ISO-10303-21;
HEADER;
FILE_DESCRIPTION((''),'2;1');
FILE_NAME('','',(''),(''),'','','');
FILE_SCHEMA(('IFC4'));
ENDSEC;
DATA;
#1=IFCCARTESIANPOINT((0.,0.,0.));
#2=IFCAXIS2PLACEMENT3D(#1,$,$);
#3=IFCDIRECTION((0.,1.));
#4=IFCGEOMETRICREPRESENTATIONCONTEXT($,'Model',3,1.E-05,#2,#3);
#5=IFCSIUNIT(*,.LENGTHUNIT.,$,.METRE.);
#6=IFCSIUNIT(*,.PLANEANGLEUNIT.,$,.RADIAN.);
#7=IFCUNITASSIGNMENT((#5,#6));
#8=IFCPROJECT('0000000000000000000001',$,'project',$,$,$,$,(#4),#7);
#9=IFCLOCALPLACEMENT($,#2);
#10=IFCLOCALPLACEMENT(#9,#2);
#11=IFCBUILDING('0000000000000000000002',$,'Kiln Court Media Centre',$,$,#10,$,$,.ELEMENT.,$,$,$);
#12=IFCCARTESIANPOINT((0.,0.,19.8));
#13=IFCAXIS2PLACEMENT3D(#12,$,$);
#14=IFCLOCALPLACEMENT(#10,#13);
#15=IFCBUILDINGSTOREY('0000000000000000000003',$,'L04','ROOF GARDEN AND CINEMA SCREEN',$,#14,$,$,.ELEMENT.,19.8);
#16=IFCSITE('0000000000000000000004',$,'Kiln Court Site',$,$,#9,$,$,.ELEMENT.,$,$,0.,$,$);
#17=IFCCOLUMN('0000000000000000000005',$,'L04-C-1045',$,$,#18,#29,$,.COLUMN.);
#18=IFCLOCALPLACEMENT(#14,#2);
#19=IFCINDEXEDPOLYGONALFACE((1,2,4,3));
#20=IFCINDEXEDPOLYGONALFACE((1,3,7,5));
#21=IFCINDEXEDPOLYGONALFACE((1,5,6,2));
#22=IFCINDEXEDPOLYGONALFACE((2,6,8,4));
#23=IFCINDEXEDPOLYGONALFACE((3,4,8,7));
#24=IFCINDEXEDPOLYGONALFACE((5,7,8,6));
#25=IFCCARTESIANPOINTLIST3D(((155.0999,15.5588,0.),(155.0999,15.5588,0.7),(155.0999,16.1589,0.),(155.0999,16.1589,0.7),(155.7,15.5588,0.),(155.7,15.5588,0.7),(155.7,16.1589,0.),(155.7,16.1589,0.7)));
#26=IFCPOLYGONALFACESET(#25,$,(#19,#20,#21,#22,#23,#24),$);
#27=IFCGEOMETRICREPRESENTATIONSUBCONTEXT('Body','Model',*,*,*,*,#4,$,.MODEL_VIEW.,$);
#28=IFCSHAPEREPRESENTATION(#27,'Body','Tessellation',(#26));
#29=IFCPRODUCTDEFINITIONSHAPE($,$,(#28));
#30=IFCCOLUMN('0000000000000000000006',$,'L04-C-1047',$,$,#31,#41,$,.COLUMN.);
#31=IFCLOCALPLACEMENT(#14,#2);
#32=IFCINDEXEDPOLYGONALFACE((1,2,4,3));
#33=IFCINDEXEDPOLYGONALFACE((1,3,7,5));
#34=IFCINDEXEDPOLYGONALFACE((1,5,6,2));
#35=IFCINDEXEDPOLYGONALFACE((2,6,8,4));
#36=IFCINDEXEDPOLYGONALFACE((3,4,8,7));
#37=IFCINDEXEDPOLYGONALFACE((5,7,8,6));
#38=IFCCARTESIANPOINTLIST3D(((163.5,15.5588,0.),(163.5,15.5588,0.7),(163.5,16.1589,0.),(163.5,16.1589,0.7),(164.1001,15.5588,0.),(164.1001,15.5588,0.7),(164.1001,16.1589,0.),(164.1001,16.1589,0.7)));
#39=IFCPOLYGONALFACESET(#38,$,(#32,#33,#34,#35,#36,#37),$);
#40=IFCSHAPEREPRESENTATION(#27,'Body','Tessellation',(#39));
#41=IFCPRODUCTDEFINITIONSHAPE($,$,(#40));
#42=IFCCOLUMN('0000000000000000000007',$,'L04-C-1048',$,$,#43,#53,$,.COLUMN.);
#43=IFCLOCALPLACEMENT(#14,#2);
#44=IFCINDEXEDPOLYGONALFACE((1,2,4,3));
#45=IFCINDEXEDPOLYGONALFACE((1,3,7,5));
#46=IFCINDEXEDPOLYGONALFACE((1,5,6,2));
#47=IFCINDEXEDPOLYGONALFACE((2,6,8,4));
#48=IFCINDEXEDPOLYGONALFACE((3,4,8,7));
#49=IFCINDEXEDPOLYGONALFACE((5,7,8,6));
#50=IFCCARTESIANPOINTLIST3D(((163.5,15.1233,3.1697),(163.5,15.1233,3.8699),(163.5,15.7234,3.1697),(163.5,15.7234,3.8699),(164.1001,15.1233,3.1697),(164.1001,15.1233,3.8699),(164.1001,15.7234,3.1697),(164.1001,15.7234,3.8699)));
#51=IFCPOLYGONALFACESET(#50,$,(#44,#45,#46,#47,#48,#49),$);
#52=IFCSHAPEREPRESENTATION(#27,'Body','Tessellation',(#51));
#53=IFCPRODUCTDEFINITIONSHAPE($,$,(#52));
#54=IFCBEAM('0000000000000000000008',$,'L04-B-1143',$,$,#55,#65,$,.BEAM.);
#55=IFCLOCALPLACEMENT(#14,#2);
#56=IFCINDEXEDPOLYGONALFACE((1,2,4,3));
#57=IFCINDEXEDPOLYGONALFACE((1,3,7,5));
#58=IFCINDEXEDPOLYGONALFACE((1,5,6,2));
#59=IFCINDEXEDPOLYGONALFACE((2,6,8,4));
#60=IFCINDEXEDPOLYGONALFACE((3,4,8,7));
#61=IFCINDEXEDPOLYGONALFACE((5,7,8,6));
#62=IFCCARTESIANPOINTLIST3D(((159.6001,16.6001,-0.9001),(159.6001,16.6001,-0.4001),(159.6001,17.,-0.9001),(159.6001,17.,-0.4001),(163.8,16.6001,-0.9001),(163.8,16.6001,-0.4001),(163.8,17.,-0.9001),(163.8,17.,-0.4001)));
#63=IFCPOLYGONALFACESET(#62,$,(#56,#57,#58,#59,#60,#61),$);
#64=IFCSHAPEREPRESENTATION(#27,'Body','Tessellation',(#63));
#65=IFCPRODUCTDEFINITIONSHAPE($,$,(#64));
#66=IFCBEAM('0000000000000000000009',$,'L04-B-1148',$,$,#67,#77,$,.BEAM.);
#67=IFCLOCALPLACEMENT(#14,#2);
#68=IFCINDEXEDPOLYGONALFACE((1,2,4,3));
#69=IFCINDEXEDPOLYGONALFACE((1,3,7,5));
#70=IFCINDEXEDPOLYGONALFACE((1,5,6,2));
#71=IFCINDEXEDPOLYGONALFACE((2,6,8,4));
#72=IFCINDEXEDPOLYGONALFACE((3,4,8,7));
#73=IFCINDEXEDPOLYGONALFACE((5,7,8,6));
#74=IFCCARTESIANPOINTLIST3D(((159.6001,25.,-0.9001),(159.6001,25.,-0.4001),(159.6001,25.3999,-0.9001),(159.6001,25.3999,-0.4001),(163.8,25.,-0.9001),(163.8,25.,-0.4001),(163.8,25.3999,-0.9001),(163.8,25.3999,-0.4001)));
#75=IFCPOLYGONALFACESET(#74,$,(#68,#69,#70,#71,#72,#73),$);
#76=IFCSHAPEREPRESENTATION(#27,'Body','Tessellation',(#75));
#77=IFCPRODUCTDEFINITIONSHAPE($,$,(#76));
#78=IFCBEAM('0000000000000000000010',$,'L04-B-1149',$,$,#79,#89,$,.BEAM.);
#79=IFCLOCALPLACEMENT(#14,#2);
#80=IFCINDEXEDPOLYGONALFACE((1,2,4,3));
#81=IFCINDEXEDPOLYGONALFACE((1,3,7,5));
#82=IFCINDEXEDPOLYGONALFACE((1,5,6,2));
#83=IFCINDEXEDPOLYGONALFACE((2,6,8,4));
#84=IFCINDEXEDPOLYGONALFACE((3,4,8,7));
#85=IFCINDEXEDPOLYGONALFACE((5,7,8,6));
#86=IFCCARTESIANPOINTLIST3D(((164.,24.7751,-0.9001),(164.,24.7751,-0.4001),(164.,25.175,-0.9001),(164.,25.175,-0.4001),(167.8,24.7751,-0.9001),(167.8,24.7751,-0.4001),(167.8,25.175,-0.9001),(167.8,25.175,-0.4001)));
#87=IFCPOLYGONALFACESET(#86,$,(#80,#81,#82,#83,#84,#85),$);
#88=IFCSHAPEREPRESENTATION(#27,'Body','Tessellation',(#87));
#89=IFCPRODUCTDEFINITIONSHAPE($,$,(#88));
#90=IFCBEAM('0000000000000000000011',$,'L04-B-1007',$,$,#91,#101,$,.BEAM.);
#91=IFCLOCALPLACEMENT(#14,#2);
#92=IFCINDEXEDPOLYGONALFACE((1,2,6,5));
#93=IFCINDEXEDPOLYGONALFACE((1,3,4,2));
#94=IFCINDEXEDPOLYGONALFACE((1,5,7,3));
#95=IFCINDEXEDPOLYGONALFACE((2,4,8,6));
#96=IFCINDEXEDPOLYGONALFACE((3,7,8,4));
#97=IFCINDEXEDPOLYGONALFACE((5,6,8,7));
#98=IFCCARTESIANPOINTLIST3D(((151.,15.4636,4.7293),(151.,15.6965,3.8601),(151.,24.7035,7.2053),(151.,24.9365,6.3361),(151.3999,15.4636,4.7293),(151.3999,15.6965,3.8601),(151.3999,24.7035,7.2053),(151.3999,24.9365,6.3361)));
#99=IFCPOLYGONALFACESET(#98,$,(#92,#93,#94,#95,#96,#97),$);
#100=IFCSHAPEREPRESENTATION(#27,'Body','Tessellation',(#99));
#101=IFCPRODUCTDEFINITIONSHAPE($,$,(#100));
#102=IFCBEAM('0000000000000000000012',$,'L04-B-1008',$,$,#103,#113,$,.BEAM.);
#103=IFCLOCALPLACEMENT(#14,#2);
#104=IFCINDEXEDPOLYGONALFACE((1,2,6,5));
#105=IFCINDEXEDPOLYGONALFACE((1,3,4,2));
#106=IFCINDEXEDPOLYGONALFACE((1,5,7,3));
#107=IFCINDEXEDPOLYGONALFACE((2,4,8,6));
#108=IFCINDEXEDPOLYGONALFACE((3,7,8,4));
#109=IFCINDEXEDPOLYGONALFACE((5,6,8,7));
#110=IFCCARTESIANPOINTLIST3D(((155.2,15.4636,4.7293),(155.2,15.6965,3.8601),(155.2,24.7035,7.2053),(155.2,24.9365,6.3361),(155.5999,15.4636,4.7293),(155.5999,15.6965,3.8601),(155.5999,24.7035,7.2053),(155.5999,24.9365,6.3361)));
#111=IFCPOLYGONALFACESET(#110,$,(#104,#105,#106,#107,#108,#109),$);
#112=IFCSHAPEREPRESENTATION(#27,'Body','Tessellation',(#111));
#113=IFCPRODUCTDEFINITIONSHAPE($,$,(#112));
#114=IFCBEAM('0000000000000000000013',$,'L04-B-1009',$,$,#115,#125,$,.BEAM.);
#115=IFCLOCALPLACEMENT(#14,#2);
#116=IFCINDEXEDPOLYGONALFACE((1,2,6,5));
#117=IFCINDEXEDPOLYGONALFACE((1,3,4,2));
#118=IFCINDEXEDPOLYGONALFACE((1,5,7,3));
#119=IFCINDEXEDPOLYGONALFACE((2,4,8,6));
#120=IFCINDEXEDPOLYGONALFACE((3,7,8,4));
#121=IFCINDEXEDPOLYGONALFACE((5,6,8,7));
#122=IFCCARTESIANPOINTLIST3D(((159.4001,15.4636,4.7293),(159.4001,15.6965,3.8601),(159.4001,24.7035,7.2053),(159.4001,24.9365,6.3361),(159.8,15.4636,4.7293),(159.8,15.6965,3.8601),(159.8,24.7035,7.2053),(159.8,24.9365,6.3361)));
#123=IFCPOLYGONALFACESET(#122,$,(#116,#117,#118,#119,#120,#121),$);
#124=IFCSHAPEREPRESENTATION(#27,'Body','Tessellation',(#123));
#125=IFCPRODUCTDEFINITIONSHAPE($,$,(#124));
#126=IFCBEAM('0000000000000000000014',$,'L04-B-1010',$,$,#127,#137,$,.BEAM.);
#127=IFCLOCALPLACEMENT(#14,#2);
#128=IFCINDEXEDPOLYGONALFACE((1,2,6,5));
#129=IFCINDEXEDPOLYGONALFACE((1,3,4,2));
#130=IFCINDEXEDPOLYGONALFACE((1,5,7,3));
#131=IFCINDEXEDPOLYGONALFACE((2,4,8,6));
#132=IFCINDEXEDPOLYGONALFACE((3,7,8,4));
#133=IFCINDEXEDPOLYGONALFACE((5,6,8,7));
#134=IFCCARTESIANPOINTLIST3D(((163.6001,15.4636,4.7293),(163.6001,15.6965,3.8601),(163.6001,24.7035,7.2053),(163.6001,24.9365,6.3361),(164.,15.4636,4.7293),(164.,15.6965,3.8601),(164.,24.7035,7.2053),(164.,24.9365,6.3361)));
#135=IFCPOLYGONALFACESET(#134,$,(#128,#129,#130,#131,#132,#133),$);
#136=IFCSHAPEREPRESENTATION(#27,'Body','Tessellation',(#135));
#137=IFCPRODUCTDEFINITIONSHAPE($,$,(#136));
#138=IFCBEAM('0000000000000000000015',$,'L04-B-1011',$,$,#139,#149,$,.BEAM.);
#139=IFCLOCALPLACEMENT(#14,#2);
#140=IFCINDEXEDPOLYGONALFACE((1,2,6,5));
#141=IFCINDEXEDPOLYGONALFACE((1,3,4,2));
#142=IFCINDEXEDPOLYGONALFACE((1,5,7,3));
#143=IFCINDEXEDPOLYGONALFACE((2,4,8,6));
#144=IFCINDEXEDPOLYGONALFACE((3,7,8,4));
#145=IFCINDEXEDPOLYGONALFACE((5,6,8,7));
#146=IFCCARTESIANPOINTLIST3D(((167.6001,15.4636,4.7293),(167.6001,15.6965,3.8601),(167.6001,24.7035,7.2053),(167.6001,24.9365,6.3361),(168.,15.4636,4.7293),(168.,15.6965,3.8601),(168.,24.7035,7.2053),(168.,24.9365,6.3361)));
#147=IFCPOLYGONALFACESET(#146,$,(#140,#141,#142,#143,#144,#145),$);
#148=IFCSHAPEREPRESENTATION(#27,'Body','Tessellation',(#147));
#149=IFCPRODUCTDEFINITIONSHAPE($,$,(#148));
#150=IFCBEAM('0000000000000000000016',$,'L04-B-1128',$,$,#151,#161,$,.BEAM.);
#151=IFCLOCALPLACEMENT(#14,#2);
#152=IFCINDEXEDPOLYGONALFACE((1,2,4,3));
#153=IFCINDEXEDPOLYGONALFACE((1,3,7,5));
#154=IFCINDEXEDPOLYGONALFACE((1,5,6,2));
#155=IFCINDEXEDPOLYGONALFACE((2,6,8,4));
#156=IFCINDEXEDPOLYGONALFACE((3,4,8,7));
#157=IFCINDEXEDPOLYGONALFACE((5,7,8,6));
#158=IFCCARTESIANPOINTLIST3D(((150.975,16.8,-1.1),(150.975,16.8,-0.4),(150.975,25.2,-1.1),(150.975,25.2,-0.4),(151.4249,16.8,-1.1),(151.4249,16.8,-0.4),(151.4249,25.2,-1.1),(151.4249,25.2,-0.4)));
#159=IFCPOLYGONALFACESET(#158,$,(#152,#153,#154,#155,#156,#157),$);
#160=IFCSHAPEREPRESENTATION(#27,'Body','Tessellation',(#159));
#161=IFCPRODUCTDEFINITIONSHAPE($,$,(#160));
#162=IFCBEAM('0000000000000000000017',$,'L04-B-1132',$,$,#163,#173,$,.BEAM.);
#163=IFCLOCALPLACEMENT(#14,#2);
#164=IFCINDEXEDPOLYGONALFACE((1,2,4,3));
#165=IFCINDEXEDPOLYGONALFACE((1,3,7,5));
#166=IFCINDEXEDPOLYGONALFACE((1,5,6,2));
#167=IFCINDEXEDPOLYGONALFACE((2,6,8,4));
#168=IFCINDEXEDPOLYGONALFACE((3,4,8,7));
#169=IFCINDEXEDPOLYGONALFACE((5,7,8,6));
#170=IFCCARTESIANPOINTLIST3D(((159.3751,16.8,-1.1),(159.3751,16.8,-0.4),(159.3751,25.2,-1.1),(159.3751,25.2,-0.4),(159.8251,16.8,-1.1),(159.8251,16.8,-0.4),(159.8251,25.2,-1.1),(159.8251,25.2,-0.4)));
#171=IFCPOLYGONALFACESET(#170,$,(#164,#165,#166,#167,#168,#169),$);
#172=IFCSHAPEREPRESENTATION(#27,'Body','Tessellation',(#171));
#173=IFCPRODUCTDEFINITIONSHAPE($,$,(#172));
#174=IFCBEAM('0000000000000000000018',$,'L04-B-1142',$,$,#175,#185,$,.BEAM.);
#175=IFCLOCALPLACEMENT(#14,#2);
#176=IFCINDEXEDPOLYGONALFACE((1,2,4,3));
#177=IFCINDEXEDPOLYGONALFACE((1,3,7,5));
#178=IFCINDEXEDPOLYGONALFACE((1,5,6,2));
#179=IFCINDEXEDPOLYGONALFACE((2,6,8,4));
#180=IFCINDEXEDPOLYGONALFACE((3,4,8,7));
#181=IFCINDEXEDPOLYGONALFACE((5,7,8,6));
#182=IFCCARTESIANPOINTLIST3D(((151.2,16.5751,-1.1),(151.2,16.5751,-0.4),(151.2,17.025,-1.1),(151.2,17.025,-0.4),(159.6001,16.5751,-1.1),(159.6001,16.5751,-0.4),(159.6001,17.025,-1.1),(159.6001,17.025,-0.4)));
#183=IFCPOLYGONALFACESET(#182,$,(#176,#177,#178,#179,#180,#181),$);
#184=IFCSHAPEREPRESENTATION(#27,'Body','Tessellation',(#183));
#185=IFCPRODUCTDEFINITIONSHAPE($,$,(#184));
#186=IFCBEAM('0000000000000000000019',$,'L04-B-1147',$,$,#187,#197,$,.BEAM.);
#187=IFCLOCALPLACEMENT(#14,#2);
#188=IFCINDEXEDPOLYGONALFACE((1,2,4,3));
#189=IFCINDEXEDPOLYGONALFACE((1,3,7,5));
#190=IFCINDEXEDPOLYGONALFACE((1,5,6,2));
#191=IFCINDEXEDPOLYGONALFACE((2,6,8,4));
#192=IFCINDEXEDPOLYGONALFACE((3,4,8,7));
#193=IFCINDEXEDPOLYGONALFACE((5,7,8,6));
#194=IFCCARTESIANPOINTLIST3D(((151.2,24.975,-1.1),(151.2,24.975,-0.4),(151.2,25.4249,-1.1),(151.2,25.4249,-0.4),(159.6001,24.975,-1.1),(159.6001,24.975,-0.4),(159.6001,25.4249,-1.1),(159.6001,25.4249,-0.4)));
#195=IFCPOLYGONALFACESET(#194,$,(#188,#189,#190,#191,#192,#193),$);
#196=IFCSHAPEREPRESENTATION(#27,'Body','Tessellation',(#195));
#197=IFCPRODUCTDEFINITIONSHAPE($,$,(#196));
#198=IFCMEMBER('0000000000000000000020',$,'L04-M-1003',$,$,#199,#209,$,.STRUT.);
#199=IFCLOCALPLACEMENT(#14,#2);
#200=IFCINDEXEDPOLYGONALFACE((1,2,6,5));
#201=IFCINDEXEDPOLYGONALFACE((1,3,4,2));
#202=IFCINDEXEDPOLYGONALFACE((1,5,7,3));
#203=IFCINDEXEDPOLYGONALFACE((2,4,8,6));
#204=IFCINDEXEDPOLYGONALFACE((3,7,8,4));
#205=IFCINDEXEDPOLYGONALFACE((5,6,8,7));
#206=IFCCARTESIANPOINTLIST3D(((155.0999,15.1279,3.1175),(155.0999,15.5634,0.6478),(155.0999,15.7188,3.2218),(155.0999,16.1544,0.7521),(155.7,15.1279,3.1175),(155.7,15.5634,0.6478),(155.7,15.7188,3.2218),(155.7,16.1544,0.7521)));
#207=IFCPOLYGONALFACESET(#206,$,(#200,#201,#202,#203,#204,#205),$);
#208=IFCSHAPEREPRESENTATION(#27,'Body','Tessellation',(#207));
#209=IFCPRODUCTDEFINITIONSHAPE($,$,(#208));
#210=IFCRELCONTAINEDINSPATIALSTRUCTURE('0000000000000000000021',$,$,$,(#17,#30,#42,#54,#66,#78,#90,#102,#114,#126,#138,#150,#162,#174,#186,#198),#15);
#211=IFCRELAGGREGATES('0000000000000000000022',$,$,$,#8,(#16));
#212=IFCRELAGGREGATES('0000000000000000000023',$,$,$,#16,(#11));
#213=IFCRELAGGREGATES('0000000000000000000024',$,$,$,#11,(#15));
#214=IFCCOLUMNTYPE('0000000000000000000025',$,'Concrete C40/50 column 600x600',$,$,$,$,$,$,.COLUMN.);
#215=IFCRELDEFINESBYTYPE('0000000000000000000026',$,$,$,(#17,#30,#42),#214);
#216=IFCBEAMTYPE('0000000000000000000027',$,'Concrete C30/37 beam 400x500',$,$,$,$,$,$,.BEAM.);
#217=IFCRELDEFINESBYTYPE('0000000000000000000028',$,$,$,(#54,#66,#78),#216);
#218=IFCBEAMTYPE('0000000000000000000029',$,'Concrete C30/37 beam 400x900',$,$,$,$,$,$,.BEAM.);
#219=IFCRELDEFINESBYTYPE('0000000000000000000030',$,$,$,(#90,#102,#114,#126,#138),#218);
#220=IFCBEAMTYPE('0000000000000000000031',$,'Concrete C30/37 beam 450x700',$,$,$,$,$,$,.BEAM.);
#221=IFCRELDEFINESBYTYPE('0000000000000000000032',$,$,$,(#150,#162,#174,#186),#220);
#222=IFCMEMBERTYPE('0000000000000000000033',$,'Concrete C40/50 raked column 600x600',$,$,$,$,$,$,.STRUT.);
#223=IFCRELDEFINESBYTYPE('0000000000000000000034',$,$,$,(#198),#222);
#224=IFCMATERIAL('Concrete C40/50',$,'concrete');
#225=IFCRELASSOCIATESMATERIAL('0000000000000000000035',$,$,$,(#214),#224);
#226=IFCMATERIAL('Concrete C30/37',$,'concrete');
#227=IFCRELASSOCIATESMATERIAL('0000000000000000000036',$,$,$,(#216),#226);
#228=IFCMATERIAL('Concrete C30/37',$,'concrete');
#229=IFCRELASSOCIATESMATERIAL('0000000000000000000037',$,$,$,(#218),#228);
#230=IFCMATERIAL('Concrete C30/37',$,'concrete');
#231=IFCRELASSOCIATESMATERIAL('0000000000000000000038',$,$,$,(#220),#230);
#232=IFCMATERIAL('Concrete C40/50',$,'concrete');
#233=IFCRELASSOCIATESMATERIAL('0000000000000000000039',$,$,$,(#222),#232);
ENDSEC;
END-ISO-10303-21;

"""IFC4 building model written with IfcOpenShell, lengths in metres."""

from ifc_helpers import new_model, si_unit, direction, frame, origin, origin_2d, place, context, subcontext, project, spatial, rectangle, extrude, material, material_profile, profile_set, type_object, element, save


model = new_model("IFC4")

# Units and contexts
model_context = context("Model", 3, precision=1e-05, world=origin(), true_north=direction((0.0, 1.0)))
body_context = subcontext(model_context, "Body", "Model", "MODEL_VIEW")
ifc_project = project(units=[si_unit("LENGTHUNIT", "METRE"), si_unit("PLANEANGLEUNIT", "RADIAN")], contexts=[model_context])

# Site, building, storey
site_placement = place(None, origin())
site = spatial("IfcSite", under=ifc_project, at=site_placement, Name="Kiln Court Site", CompositionType="ELEMENT", RefElevation=0.0)
building_placement = place(site_placement, origin())
building = spatial("IfcBuilding", under=site, at=building_placement, Name="Kiln Court Media Centre", CompositionType="ELEMENT")
storey_placement = place(building_placement, frame((0.0, 0.0, 19.8)))
storey = spatial("IfcBuildingStorey", under=building, at=storey_placement, Name="L04", Description="ROOF GARDEN AND CINEMA SCREEN", CompositionType="ELEMENT", Elevation=19.8)

# Columns
ifc_material_1 = material(Name="Concrete C40/50", Category="concrete")
ifc_material_profile_1 = material_profile(ifc_material_1, rectangle(XDim=0.6001, YDim=0.6001, at=origin_2d()), Name="RC 600x600")
ifc_profile_set_1 = profile_set([ifc_material_profile_1], Name="Concrete C40/50")
column_type = type_object("IfcColumnType", Name="Concrete C40/50 column 600x600", PredefinedType="COLUMN", material=ifc_profile_set_1)
for number, where, z_axis, x_axis, name in (
    (1, (155.3999, 15.8589, 0.0), (0.0, 0.0, 1.0), (1.0, 0.0, 0.0), "L04-C-1045"),
    (2, (163.8, 15.8589, 0.0), (0.0, 0.0, 1.0), (1.0, 0.0, 0.0), "L04-C-1047"),
):
    element("IfcColumn", number, at=place(storey_placement, frame(where, z_axis=z_axis, x_axis=x_axis)), inside=storey, type_object=column_type, Name=name, PredefinedType="COLUMN", context=body_context, shape_type="SweptSolid", body=[
        extrude(rectangle(XDim=0.6001, YDim=0.6001, at=origin_2d()), origin(), (0.0, 0.0, 1.0), 0.7),
    ])
column_placement = place(storey_placement, frame((163.8, 15.4233, 3.1697), z_axis=(0.0, 0.0, 1.0), x_axis=(1.0, 0.0, 0.0)))
element("IfcColumn", 3, at=column_placement, inside=storey, type_object=column_type, Name="L04-C-1048", PredefinedType="COLUMN", context=body_context, shape_type="SweptSolid", body=[
    extrude(rectangle(XDim=0.6001, YDim=0.6001, at=origin_2d()), origin(), (0.0, 0.0, 1.0), 0.7002),
])

# Beams
ifc_material_2 = material(Name="Concrete C30/37", Category="concrete")
ifc_material_profile_2 = material_profile(ifc_material_2, rectangle(XDim=0.3999, YDim=0.5, at=origin_2d()), Name="RC 400x500")
ifc_profile_set_2 = profile_set([ifc_material_profile_2], Name="Concrete C30/37")
beam_type_1 = type_object("IfcBeamType", Name="Concrete C30/37 beam 400x500", PredefinedType="BEAM", material=ifc_profile_set_2)
for number, where, z_axis, x_axis, name in (
    (4, (159.6001, 16.8, -0.6501), (1.0, 0.0, 0.0), (0.0, 1.0, 0.0), "L04-B-1143"),
    (5, (159.6001, 25.2, -0.6501), (1.0, 0.0, 0.0), (0.0, 1.0, 0.0), "L04-B-1148"),
):
    element("IfcBeam", number, at=place(storey_placement, frame(where, z_axis=z_axis, x_axis=x_axis)), inside=storey, type_object=beam_type_1, Name=name, PredefinedType="BEAM", context=body_context, shape_type="SweptSolid", body=[
        extrude(rectangle(XDim=0.3999, YDim=0.5, at=origin_2d()), origin(), (0.0, 0.0, 1.0), 4.2),
    ])
beam_placement = place(storey_placement, frame((164.0, 24.9751, -0.6501), z_axis=(1.0, 0.0, 0.0), x_axis=(0.0, 1.0, 0.0)))
element("IfcBeam", 6, at=beam_placement, inside=storey, type_object=beam_type_1, Name="L04-B-1149", PredefinedType="BEAM", context=body_context, shape_type="SweptSolid", body=[
    extrude(rectangle(XDim=0.3999, YDim=0.5, at=origin_2d()), origin(), (0.0, 0.0, 1.0), 3.8),
])
ifc_material_3 = material(Name="Concrete C30/37", Category="concrete")
ifc_material_profile_3 = material_profile(ifc_material_3, rectangle(XDim=0.3999, YDim=0.8999, at=origin_2d()), Name="RC 400x900")
ifc_profile_set_3 = profile_set([ifc_material_profile_3], Name="Concrete C30/37")
beam_type_2 = type_object("IfcBeamType", Name="Concrete C30/37 beam 400x900", PredefinedType="BEAM", material=ifc_profile_set_3)
for number, where, z_axis, x_axis, name in (
    (7, (151.2, 15.5801, 4.2947), (0.0, 0.96592, 0.258841), (-1.0, 0.0, 0.0), "L04-B-1007"),
    (8, (155.3999, 15.5801, 4.2947), (0.0, 0.96592, 0.258841), (-1.0, 0.0, 0.0), "L04-B-1008"),
    (9, (159.6001, 15.5801, 4.2947), (0.0, 0.96592, 0.258841), (-1.0, 0.0, 0.0), "L04-B-1009"),
    (10, (163.8, 15.5801, 4.2947), (0.0, 0.96592, 0.258841), (-1.0, 0.0, 0.0), "L04-B-1010"),
    (11, (167.8, 15.5801, 4.2947), (0.0, 0.96592, 0.258841), (-1.0, 0.0, 0.0), "L04-B-1011"),
):
    element("IfcBeam", number, at=place(storey_placement, frame(where, z_axis=z_axis, x_axis=x_axis)), inside=storey, type_object=beam_type_2, Name=name, PredefinedType="BEAM", context=body_context, shape_type="SweptSolid", body=[
        extrude(rectangle(XDim=0.3999, YDim=0.8999, at=origin_2d()), origin(), (0.0, 0.0, 1.0), 9.5659),
    ])
ifc_material_4 = material(Name="Concrete C30/37", Category="concrete")
ifc_material_profile_4 = material_profile(ifc_material_4, rectangle(XDim=0.45, YDim=0.7, at=origin_2d()), Name="RC 450x700")
ifc_profile_set_4 = profile_set([ifc_material_profile_4], Name="Concrete C30/37")
beam_type_3 = type_object("IfcBeamType", Name="Concrete C30/37 beam 450x700", PredefinedType="BEAM", material=ifc_profile_set_4)
for number, where, z_axis, x_axis, name in (
    (12, (151.2, 16.8, -0.75), (0.0, 1.0, 0.0), (-1.0, 0.0, 0.0), "L04-B-1128"),
    (13, (159.6001, 16.8, -0.75), (0.0, 1.0, 0.0), (-1.0, 0.0, 0.0), "L04-B-1132"),
):
    element("IfcBeam", number, at=place(storey_placement, frame(where, z_axis=z_axis, x_axis=x_axis)), inside=storey, type_object=beam_type_3, Name=name, PredefinedType="BEAM", context=body_context, shape_type="SweptSolid", body=[
        extrude(rectangle(XDim=0.45, YDim=0.7, at=origin_2d()), origin(), (0.0, 0.0, 1.0), 8.3999),
    ])
for number, where, z_axis, x_axis, name in (
    (14, (151.2, 16.8, -0.75), (1.0, 0.0, 0.0), (0.0, 1.0, 0.0), "L04-B-1142"),
    (15, (151.2, 25.2, -0.75), (1.0, 0.0, 0.0), (0.0, 1.0, 0.0), "L04-B-1147"),
):
    element("IfcBeam", number, at=place(storey_placement, frame(where, z_axis=z_axis, x_axis=x_axis)), inside=storey, type_object=beam_type_3, Name=name, PredefinedType="BEAM", context=body_context, shape_type="SweptSolid", body=[
        extrude(rectangle(XDim=0.45, YDim=0.7, at=origin_2d()), origin(), (0.0, 0.0, 1.0), 8.4001),
    ])

# Member
ifc_material_5 = material(Name="Concrete C40/50", Category="concrete")
ifc_material_profile_5 = material_profile(ifc_material_5, rectangle(XDim=0.6001, YDim=0.6001, at=origin_2d()), Name="RC 600x600")
ifc_profile_set_5 = profile_set([ifc_material_profile_5], Name="Concrete C40/50")
member_type = type_object("IfcMemberType", Name="Concrete C40/50 raked column 600x600", PredefinedType="STRUT", material=ifc_profile_set_5)
for number, where, z_axis, x_axis, name in (
    (16, (155.3999, 15.8589, 0.7), (0.0, -0.173674, 0.984803), (1.0, 0.0, 0.0), "L04-M-1003"),
):
    element("IfcMember", number, at=place(storey_placement, frame(where, z_axis=z_axis, x_axis=x_axis)), inside=storey, type_object=member_type, Name=name, PredefinedType="STRUT", context=body_context, shape_type="SweptSolid", body=[
        extrude(rectangle(XDim=0.6001, YDim=0.6001, at=origin_2d()), origin(), (0.0, 0.0, 1.0), 2.5078),
    ])

save(model, "model.ifc")
